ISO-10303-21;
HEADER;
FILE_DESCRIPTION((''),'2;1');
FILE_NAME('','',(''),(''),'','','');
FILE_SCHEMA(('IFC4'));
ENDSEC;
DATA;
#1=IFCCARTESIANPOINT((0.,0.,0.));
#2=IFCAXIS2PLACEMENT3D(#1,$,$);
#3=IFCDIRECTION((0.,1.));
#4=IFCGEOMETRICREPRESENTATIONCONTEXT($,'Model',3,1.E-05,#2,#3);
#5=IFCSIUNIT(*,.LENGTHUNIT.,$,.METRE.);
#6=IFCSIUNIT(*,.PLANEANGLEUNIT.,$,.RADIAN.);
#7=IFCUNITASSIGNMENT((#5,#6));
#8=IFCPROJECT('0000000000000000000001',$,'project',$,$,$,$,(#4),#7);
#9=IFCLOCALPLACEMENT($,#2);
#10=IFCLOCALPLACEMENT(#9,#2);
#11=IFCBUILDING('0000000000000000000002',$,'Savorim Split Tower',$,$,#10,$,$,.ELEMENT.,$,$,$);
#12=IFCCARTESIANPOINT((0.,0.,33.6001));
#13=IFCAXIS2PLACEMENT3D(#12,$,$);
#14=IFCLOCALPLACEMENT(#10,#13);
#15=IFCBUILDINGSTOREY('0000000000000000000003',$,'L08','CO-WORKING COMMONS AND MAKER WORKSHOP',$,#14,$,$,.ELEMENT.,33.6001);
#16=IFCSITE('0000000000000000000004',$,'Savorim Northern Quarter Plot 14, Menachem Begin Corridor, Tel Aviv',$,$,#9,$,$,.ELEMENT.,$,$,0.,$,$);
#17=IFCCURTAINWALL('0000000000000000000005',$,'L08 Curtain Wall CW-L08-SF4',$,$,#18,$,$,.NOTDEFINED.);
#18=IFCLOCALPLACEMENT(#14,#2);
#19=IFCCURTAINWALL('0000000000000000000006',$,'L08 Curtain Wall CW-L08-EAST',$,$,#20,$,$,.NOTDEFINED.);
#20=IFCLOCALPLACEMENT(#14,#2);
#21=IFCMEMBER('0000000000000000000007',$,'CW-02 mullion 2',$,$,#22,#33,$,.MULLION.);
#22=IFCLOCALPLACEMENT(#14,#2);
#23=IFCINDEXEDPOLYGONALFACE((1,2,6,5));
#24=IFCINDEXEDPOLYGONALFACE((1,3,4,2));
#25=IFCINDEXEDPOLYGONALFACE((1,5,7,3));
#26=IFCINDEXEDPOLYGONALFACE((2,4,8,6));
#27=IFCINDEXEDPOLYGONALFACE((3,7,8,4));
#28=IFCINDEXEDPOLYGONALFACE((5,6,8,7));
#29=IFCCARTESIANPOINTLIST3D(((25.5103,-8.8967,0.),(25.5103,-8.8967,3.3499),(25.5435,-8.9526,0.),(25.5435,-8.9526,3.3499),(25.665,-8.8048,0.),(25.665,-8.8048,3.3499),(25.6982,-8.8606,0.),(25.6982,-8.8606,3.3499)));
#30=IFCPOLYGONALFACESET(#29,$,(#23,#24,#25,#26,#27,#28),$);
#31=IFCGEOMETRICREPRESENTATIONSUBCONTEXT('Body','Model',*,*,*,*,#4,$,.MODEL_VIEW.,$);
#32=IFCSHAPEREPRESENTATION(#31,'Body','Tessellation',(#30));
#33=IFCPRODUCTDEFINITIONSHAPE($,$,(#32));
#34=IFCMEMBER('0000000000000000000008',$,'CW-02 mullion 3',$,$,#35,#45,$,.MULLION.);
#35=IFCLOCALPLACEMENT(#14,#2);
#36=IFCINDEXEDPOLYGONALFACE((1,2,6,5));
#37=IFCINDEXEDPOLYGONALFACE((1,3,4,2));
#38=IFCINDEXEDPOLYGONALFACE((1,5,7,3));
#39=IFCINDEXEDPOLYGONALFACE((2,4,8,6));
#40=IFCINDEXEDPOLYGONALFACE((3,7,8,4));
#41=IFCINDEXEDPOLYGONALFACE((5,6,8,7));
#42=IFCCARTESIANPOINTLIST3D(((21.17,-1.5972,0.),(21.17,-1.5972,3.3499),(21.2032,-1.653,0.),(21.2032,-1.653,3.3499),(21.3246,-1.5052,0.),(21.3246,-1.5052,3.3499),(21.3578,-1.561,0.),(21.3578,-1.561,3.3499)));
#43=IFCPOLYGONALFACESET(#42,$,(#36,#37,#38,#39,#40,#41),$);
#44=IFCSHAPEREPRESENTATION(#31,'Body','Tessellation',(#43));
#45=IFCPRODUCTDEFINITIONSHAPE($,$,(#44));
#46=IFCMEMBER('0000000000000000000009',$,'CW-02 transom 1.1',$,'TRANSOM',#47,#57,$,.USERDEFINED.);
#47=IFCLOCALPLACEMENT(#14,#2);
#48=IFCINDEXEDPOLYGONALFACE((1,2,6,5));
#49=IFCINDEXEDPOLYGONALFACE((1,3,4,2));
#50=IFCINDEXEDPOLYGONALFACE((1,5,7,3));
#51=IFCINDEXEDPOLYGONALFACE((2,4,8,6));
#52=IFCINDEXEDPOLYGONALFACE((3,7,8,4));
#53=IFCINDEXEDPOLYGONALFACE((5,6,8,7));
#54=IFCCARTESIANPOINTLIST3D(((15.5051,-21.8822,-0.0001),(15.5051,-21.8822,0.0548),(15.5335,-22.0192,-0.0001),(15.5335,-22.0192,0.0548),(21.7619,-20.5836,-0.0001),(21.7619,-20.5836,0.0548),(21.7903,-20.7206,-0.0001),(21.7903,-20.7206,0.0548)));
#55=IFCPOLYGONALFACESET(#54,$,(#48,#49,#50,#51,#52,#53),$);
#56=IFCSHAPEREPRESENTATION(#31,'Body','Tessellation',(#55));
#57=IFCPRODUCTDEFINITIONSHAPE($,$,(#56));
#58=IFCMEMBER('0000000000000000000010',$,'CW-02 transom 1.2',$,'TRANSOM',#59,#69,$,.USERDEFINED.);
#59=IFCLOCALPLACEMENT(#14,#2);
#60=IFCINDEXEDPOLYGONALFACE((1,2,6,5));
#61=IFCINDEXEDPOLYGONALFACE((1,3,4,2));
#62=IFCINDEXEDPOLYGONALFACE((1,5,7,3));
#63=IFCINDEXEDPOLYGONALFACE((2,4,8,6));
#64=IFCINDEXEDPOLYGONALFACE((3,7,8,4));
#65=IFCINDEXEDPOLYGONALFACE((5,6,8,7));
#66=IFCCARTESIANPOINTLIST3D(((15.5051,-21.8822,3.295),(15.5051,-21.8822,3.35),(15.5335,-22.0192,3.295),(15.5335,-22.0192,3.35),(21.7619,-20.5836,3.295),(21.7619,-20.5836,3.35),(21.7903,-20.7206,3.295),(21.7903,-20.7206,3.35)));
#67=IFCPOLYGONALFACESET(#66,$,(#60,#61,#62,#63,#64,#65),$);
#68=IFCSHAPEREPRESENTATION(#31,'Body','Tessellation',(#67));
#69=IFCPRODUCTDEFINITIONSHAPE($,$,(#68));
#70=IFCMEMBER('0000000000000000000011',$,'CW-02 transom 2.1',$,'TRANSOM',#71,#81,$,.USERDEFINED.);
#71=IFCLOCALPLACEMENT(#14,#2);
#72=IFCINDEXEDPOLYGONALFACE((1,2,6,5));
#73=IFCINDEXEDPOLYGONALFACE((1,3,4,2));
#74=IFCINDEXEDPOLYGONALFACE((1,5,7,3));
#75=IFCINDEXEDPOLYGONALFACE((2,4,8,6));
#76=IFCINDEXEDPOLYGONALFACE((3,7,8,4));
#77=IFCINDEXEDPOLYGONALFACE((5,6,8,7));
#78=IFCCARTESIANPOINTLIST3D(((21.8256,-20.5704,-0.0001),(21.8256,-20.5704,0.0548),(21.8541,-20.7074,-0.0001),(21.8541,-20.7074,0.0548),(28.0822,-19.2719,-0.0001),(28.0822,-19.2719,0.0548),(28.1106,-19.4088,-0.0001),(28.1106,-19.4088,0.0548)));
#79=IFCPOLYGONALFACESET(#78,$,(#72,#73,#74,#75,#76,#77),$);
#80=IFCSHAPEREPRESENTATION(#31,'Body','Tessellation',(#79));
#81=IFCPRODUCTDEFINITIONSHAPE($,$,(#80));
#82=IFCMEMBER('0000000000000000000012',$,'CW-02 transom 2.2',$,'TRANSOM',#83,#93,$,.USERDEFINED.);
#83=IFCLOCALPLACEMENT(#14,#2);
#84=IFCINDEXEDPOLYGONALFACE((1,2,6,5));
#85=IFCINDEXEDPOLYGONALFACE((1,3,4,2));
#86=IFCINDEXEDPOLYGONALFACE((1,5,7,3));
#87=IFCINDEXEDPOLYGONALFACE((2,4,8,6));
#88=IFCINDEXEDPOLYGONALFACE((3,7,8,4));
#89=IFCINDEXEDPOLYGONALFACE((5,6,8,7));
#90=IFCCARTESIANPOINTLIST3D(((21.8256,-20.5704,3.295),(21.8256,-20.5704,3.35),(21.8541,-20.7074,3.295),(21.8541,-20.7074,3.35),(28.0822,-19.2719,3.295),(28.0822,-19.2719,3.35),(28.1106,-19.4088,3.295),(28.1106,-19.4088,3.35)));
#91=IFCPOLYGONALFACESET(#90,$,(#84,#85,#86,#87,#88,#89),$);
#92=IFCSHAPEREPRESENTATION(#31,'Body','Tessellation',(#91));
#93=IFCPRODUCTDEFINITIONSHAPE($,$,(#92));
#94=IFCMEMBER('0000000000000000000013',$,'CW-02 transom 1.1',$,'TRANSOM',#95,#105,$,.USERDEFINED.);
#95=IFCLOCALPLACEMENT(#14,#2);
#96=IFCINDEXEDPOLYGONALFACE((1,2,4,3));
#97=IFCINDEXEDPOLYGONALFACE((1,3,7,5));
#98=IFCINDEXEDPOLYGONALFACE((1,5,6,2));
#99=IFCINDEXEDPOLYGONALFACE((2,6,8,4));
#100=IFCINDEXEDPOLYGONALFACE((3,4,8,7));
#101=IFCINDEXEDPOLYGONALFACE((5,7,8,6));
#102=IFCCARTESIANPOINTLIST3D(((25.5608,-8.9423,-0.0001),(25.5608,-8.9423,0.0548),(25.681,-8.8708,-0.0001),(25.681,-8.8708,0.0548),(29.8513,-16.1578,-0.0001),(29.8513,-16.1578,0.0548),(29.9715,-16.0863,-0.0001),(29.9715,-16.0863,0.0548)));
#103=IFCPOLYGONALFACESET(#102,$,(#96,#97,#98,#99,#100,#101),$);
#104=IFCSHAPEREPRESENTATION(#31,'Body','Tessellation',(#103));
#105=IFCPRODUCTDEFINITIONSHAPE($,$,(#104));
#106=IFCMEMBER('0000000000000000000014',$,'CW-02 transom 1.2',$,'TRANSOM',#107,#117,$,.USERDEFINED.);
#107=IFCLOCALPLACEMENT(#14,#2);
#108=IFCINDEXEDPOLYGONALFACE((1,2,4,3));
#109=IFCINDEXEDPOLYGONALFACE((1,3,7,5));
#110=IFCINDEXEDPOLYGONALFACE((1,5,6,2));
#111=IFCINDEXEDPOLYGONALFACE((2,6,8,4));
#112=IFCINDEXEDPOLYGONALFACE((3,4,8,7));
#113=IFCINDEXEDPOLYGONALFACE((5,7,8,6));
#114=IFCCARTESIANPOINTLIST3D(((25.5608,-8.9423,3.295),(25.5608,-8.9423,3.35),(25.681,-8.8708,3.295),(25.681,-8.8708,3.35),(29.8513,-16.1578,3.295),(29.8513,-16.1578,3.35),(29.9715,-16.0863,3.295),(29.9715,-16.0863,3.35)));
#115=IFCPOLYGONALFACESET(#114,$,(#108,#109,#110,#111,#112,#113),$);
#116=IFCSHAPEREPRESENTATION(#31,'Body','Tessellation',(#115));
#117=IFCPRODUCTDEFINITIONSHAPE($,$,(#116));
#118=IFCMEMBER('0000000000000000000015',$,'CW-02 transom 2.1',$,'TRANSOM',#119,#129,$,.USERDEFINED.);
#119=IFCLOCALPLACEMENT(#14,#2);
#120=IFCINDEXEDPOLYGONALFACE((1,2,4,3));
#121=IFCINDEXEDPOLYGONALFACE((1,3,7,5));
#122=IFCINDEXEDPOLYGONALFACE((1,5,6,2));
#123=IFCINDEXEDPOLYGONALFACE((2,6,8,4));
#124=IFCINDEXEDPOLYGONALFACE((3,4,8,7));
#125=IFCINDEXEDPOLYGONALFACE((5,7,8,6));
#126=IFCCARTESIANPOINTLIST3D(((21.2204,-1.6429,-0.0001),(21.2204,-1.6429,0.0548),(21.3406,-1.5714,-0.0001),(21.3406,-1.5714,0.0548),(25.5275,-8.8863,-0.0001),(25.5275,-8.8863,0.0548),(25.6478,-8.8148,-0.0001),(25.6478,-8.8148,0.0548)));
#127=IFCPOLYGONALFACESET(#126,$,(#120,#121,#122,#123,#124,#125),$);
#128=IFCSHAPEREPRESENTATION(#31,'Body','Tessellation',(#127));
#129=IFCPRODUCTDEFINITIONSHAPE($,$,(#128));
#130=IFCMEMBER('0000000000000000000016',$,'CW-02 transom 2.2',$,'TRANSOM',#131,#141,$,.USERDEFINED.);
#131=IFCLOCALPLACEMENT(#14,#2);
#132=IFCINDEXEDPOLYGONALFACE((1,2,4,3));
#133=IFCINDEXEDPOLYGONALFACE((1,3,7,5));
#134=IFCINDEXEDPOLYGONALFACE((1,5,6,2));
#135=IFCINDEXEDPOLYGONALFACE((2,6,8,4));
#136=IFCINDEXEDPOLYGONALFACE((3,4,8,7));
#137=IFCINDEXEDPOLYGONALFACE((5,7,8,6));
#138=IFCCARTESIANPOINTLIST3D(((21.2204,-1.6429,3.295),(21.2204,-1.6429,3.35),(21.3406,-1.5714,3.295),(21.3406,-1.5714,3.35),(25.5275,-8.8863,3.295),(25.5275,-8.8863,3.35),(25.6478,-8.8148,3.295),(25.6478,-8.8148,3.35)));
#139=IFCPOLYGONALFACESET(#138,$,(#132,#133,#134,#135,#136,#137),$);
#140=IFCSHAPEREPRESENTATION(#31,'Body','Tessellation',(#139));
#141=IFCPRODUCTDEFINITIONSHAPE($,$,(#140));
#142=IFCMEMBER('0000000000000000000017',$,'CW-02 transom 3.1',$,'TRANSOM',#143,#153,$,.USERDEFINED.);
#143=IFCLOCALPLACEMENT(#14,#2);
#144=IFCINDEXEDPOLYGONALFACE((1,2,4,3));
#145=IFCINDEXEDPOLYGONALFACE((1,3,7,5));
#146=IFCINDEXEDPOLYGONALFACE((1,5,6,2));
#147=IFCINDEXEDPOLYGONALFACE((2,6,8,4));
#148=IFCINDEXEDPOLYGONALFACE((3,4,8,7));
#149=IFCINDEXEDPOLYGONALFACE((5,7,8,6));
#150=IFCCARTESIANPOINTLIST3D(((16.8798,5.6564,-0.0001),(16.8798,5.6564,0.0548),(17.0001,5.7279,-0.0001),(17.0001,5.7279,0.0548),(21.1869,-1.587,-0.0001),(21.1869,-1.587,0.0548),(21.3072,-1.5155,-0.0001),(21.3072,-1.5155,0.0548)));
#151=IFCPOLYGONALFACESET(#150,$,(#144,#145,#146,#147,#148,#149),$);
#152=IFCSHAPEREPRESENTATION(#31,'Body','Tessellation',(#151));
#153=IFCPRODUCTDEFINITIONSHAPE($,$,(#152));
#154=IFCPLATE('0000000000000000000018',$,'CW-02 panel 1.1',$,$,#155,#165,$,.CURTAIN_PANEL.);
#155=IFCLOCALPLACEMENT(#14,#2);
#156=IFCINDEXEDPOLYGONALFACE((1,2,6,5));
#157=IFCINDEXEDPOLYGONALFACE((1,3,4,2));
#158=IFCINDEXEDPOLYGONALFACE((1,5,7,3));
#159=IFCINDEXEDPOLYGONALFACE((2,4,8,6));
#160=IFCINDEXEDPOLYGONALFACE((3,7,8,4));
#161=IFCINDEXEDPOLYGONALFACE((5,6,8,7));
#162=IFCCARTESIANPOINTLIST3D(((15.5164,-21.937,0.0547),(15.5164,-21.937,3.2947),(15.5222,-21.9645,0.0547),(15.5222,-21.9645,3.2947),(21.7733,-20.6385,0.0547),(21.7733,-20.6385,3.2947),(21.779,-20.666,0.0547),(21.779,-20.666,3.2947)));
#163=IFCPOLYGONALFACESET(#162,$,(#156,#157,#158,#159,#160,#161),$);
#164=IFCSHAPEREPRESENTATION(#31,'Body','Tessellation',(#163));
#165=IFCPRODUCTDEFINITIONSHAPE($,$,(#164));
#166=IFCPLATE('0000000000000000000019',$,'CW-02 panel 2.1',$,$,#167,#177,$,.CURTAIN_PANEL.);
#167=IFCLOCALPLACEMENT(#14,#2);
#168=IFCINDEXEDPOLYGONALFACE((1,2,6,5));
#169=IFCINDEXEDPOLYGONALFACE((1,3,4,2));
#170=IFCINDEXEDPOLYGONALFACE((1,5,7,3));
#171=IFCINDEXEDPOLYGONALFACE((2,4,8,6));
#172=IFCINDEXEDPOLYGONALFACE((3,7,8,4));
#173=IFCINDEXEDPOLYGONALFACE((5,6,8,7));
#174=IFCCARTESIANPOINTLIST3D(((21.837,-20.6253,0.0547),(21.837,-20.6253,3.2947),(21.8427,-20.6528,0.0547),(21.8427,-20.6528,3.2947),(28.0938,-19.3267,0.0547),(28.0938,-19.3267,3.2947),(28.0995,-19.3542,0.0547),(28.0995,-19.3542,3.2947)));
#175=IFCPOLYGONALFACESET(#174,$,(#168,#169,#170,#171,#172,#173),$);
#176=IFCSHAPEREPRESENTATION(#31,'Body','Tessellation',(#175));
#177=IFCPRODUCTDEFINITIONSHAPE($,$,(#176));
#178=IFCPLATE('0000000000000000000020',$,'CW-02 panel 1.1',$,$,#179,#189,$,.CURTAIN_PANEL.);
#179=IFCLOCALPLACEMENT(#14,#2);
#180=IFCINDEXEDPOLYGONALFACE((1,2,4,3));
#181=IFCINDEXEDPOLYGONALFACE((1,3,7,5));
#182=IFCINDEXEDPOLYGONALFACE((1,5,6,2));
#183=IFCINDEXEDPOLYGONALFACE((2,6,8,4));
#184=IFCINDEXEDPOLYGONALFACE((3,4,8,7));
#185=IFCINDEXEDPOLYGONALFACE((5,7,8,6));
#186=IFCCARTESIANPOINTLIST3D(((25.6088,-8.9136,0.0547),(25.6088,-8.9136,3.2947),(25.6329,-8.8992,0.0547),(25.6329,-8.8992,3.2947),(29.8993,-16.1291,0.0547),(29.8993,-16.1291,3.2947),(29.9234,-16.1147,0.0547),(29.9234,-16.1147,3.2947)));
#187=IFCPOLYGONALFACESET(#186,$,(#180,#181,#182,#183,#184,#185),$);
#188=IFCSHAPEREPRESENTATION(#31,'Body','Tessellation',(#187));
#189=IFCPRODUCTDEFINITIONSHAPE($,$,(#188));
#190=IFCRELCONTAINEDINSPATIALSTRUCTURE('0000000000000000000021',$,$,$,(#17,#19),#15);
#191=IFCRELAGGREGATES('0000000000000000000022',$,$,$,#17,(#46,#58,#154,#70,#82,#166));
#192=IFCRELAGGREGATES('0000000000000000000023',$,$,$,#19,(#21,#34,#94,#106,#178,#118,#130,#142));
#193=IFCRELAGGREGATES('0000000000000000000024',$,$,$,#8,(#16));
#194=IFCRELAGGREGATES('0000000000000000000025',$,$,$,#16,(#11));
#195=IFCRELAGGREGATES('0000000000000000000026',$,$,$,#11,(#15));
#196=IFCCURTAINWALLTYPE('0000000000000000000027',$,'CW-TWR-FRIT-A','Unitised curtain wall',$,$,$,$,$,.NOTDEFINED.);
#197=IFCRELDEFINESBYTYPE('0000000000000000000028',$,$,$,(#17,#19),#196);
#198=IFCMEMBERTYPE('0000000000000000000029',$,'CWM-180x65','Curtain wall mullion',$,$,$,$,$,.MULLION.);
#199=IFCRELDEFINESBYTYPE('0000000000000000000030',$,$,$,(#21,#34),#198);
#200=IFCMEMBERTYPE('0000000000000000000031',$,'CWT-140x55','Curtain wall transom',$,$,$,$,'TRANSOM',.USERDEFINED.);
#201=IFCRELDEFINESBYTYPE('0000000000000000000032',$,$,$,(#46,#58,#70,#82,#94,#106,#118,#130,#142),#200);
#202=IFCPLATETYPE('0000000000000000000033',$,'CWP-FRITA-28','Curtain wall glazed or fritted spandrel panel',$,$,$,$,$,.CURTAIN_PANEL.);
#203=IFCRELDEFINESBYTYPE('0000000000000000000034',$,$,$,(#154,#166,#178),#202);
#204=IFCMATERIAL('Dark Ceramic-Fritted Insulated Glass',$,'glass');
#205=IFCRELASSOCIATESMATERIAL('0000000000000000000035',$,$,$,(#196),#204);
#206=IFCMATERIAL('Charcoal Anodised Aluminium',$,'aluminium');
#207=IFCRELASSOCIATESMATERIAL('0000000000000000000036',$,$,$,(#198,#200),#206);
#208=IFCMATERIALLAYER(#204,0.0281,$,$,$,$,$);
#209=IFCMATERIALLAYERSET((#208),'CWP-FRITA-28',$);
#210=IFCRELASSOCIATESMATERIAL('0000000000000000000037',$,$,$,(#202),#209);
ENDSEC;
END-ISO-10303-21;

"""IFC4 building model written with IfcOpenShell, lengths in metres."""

from ifc_helpers import new_model, si_unit, direction, frame, origin, origin_2d, place, context, subcontext, project, spatial, rectangle, extrude, material, layer, layer_set, material_profile, profile_set, type_object, element, aggregate, save


model = new_model("IFC4")

# Units and contexts
model_context = context("Model", 3, precision=1e-05, world=origin(), true_north=direction((0.0, 1.0)))
body_context = subcontext(model_context, "Body", "Model", "MODEL_VIEW")
ifc_project = project(units=[si_unit("LENGTHUNIT", "METRE"), si_unit("PLANEANGLEUNIT", "RADIAN")], contexts=[model_context])

# Site, building, storey
site_placement = place(None, origin())
site = spatial("IfcSite", under=ifc_project, at=site_placement, Name="Savorim Northern Quarter Plot 14, Menachem Begin Corridor, Tel Aviv", CompositionType="ELEMENT", RefElevation=0.0)
building_placement = place(site_placement, origin())
building = spatial("IfcBuilding", under=site, at=building_placement, Name="Savorim Split Tower", CompositionType="ELEMENT")
storey_placement = place(building_placement, frame((0.0, 0.0, 33.6001)))
storey = spatial("IfcBuildingStorey", under=building, at=storey_placement, Name="L08", Description="CO-WORKING COMMONS AND MAKER WORKSHOP", CompositionType="ELEMENT", Elevation=33.6001)

# Curtain walls, members
ifc_material_1 = material(Name="Dark Ceramic-Fritted Insulated Glass", Category="glass")
curtain_wall_type = type_object("IfcCurtainWallType", Name="CW-TWR-FRIT-A", Description="Unitised curtain wall", PredefinedType="NOTDEFINED", material=ifc_material_1)
curtain_wall_1_placement = place(storey_placement, origin())
curtain_wall_1 = element("IfcCurtainWall", 1, at=curtain_wall_1_placement, inside=storey, type_object=curtain_wall_type, Name="L08 Curtain Wall CW-L08-SF4", PredefinedType="NOTDEFINED")
ifc_material_2 = material(Name="Charcoal Anodised Aluminium", Category="aluminium")
ifc_material_profile_1 = material_profile(ifc_material_2, rectangle(XDim=0.1799, YDim=0.0649, at=origin_2d()), Name="ALU-M 180x65")
ifc_profile_set_1 = profile_set([ifc_material_profile_1], Name="Charcoal Anodised Aluminium")
member_type_1 = type_object("IfcMemberType", Name="CWM-180x65", Description="Curtain wall mullion", PredefinedType="MULLION", material=ifc_profile_set_1)
curtain_wall_2_placement = place(storey_placement, origin())
curtain_wall_2 = element("IfcCurtainWall", 2, at=curtain_wall_2_placement, inside=storey, type_object=curtain_wall_type, Name="L08 Curtain Wall CW-L08-EAST", PredefinedType="NOTDEFINED")
member_1_placement = place(storey_placement, frame((25.6042, -8.8787, 0.0), z_axis=(0.0, 0.0, 1.0), x_axis=(-0.859526, -0.511092, 0.0)))
member_1 = element("IfcMember", 3, at=member_1_placement, type_object=member_type_1, Name="CW-02 mullion 2", PredefinedType="MULLION", context=body_context, shape_type="SweptSolid", body=[
    extrude(rectangle(XDim=0.1799, YDim=0.0649, at=origin_2d()), origin(), (0.0, 0.0, 1.0), 3.3499),
])
member_2_placement = place(storey_placement, frame((21.2639, -1.5791, 0.0), z_axis=(0.0, 0.0, 1.0), x_axis=(-0.859526, -0.511092, 0.0)))
member_2 = element("IfcMember", 4, at=member_2_placement, type_object=member_type_1, Name="CW-02 mullion 3", PredefinedType="MULLION", context=body_context, shape_type="SweptSolid", body=[
    extrude(rectangle(XDim=0.1799, YDim=0.0649, at=origin_2d()), origin(), (0.0, 0.0, 1.0), 3.3499),
])

# Members
ifc_material_profile_2 = material_profile(ifc_material_2, rectangle(XDim=0.1399, YDim=0.0549, at=origin_2d()), Name="ALU-T 140x55")
ifc_profile_set_2 = profile_set([ifc_material_profile_2], Name="Charcoal Anodised Aluminium")
member_type_2 = type_object("IfcMemberType", Name="CWT-140x55", Description="Curtain wall transom", ElementType="TRANSOM", PredefinedType="USERDEFINED", material=ifc_profile_set_2)
member_3_placement = place(storey_placement, frame((15.5193, -21.9507, 0.0273), z_axis=(0.979134, 0.203216, 0.0), x_axis=(-0.203216, 0.979134, 0.0)))
member_3 = element("IfcMember", 5, at=member_3_placement, type_object=member_type_2, Name="CW-02 transom 1.1", ObjectType="TRANSOM", PredefinedType="USERDEFINED", context=body_context, shape_type="SweptSolid", body=[
    extrude(rectangle(XDim=0.1399, YDim=0.0549, at=origin_2d()), origin(), (0.0, 0.0, 1.0), 6.3901),
])
member_4_placement = place(storey_placement, frame((15.5193, -21.9507, 3.3225), z_axis=(0.979134, 0.203216, 0.0), x_axis=(-0.203216, 0.979134, 0.0)))
member_4 = element("IfcMember", 6, at=member_4_placement, type_object=member_type_2, Name="CW-02 transom 1.2", ObjectType="TRANSOM", PredefinedType="USERDEFINED", context=body_context, shape_type="SweptSolid", body=[
    extrude(rectangle(XDim=0.1399, YDim=0.0549, at=origin_2d()), origin(), (0.0, 0.0, 1.0), 6.3901),
])
member_5_placement = place(storey_placement, frame((21.8398, -20.6389, 0.0273), z_axis=(0.979132, 0.203223, 0.0), x_axis=(-0.203223, 0.979132, 0.0)))
member_5 = element("IfcMember", 7, at=member_5_placement, type_object=member_type_2, Name="CW-02 transom 2.1", ObjectType="TRANSOM", PredefinedType="USERDEFINED", context=body_context, shape_type="SweptSolid", body=[
    extrude(rectangle(XDim=0.1399, YDim=0.0549, at=origin_2d()), origin(), (0.0, 0.0, 1.0), 6.3899),
])
member_6_placement = place(storey_placement, frame((21.8398, -20.6389, 3.3225), z_axis=(0.979132, 0.203223, 0.0), x_axis=(-0.203223, 0.979132, 0.0)))
member_6 = element("IfcMember", 8, at=member_6_placement, type_object=member_type_2, Name="CW-02 transom 2.2", ObjectType="TRANSOM", PredefinedType="USERDEFINED", context=body_context, shape_type="SweptSolid", body=[
    extrude(rectangle(XDim=0.1399, YDim=0.0549, at=origin_2d()), origin(), (0.0, 0.0, 1.0), 6.3899),
])
member_7_placement = place(storey_placement, frame((29.9114, -16.1221, 0.0273), z_axis=(-0.511092, 0.859526, 0.0), x_axis=(-0.859526, -0.511092, 0.0)))
member_7 = element("IfcMember", 9, at=member_7_placement, type_object=member_type_2, Name="CW-02 transom 1.1", ObjectType="TRANSOM", PredefinedType="USERDEFINED", context=body_context, shape_type="SweptSolid", body=[
    extrude(rectangle(XDim=0.1399, YDim=0.0549, at=origin_2d()), origin(), (0.0, 0.0, 1.0), 8.3948),
])
member_8_placement = place(storey_placement, frame((29.9114, -16.1221, 3.3225), z_axis=(-0.511092, 0.859526, 0.0), x_axis=(-0.859526, -0.511092, 0.0)))
member_8 = element("IfcMember", 10, at=member_8_placement, type_object=member_type_2, Name="CW-02 transom 1.2", ObjectType="TRANSOM", PredefinedType="USERDEFINED", context=body_context, shape_type="SweptSolid", body=[
    extrude(rectangle(XDim=0.1399, YDim=0.0549, at=origin_2d()), origin(), (0.0, 0.0, 1.0), 8.3948),
])
member_9_placement = place(storey_placement, frame((25.5876, -8.8506, 0.0273), z_axis=(-0.511096, 0.859524, 0.0), x_axis=(-0.859524, -0.511096, 0.0)))
member_9 = element("IfcMember", 11, at=member_9_placement, type_object=member_type_2, Name="CW-02 transom 2.1", ObjectType="TRANSOM", PredefinedType="USERDEFINED", context=body_context, shape_type="SweptSolid", body=[
    extrude(rectangle(XDim=0.1399, YDim=0.0549, at=origin_2d()), origin(), (0.0, 0.0, 1.0), 8.4272),
])
member_10_placement = place(storey_placement, frame((25.5876, -8.8506, 3.3225), z_axis=(-0.511096, 0.859524, 0.0), x_axis=(-0.859524, -0.511096, 0.0)))
member_10 = element("IfcMember", 12, at=member_10_placement, type_object=member_type_2, Name="CW-02 transom 2.2", ObjectType="TRANSOM", PredefinedType="USERDEFINED", context=body_context, shape_type="SweptSolid", body=[
    extrude(rectangle(XDim=0.1399, YDim=0.0549, at=origin_2d()), origin(), (0.0, 0.0, 1.0), 8.4272),
])
member_11_placement = place(storey_placement, frame((21.2471, -1.5513, 0.0273), z_axis=(-0.511096, 0.859524, 0.0), x_axis=(-0.859524, -0.511096, 0.0)))
member_11 = element("IfcMember", 13, at=member_11_placement, type_object=member_type_2, Name="CW-02 transom 3.1", ObjectType="TRANSOM", PredefinedType="USERDEFINED", context=body_context, shape_type="SweptSolid", body=[
    extrude(rectangle(XDim=0.1399, YDim=0.0549, at=origin_2d()), origin(), (0.0, 0.0, 1.0), 8.4272),
])

# Plates
ifc_layer_1 = layer(ifc_material_1, 0.0281)
ifc_layer_set_1 = layer_set([ifc_layer_1], Name="CWP-FRITA-28")
plate_type = type_object("IfcPlateType", Name="CWP-FRITA-28", Description="Curtain wall glazed or fritted spandrel panel", PredefinedType="CURTAIN_PANEL", material=ifc_layer_set_1)
plate_1_placement = place(storey_placement, frame((18.6477, -21.3015, 0.0547), z_axis=(0.0, 0.0, 1.0), x_axis=(0.979135, 0.20321, 0.0)))
plate_1 = element("IfcPlate", 14, at=plate_1_placement, type_object=plate_type, Name="CW-02 panel 1.1", PredefinedType="CURTAIN_PANEL", context=body_context, shape_type="SweptSolid", body=[
    extrude(rectangle(XDim=6.3901, YDim=0.0281, at=origin_2d()), origin(), (0.0, 0.0, 1.0), 3.24),
])
plate_2_placement = place(storey_placement, frame((24.9683, -19.9897, 0.0547), z_axis=(0.0, 0.0, 1.0), x_axis=(0.979135, 0.20321, 0.0)))
plate_2 = element("IfcPlate", 15, at=plate_2_placement, type_object=plate_type, Name="CW-02 panel 2.1", PredefinedType="CURTAIN_PANEL", context=body_context, shape_type="SweptSolid", body=[
    extrude(rectangle(XDim=6.3901, YDim=0.0281, at=origin_2d()), origin(), (0.0, 0.0, 1.0), 3.24),
])
aggregate(curtain_wall_1, [member_3, member_4, plate_1, member_5, member_6, plate_2])
plate_3_placement = place(storey_placement, frame((27.7661, -12.5142, 0.0547), z_axis=(0.0, 0.0, 1.0), x_axis=(-0.511092, 0.859526, 0.0)))
plate_3 = element("IfcPlate", 16, at=plate_3_placement, type_object=plate_type, Name="CW-02 panel 1.1", PredefinedType="CURTAIN_PANEL", context=body_context, shape_type="SweptSolid", body=[
    extrude(rectangle(XDim=8.3948, YDim=0.0281, at=origin_2d()), origin(), (0.0, 0.0, 1.0), 3.24),
])
aggregate(curtain_wall_2, [member_1, member_2, member_7, member_8, plate_3, member_9, member_10, member_11])

save(model, "model.ifc")
